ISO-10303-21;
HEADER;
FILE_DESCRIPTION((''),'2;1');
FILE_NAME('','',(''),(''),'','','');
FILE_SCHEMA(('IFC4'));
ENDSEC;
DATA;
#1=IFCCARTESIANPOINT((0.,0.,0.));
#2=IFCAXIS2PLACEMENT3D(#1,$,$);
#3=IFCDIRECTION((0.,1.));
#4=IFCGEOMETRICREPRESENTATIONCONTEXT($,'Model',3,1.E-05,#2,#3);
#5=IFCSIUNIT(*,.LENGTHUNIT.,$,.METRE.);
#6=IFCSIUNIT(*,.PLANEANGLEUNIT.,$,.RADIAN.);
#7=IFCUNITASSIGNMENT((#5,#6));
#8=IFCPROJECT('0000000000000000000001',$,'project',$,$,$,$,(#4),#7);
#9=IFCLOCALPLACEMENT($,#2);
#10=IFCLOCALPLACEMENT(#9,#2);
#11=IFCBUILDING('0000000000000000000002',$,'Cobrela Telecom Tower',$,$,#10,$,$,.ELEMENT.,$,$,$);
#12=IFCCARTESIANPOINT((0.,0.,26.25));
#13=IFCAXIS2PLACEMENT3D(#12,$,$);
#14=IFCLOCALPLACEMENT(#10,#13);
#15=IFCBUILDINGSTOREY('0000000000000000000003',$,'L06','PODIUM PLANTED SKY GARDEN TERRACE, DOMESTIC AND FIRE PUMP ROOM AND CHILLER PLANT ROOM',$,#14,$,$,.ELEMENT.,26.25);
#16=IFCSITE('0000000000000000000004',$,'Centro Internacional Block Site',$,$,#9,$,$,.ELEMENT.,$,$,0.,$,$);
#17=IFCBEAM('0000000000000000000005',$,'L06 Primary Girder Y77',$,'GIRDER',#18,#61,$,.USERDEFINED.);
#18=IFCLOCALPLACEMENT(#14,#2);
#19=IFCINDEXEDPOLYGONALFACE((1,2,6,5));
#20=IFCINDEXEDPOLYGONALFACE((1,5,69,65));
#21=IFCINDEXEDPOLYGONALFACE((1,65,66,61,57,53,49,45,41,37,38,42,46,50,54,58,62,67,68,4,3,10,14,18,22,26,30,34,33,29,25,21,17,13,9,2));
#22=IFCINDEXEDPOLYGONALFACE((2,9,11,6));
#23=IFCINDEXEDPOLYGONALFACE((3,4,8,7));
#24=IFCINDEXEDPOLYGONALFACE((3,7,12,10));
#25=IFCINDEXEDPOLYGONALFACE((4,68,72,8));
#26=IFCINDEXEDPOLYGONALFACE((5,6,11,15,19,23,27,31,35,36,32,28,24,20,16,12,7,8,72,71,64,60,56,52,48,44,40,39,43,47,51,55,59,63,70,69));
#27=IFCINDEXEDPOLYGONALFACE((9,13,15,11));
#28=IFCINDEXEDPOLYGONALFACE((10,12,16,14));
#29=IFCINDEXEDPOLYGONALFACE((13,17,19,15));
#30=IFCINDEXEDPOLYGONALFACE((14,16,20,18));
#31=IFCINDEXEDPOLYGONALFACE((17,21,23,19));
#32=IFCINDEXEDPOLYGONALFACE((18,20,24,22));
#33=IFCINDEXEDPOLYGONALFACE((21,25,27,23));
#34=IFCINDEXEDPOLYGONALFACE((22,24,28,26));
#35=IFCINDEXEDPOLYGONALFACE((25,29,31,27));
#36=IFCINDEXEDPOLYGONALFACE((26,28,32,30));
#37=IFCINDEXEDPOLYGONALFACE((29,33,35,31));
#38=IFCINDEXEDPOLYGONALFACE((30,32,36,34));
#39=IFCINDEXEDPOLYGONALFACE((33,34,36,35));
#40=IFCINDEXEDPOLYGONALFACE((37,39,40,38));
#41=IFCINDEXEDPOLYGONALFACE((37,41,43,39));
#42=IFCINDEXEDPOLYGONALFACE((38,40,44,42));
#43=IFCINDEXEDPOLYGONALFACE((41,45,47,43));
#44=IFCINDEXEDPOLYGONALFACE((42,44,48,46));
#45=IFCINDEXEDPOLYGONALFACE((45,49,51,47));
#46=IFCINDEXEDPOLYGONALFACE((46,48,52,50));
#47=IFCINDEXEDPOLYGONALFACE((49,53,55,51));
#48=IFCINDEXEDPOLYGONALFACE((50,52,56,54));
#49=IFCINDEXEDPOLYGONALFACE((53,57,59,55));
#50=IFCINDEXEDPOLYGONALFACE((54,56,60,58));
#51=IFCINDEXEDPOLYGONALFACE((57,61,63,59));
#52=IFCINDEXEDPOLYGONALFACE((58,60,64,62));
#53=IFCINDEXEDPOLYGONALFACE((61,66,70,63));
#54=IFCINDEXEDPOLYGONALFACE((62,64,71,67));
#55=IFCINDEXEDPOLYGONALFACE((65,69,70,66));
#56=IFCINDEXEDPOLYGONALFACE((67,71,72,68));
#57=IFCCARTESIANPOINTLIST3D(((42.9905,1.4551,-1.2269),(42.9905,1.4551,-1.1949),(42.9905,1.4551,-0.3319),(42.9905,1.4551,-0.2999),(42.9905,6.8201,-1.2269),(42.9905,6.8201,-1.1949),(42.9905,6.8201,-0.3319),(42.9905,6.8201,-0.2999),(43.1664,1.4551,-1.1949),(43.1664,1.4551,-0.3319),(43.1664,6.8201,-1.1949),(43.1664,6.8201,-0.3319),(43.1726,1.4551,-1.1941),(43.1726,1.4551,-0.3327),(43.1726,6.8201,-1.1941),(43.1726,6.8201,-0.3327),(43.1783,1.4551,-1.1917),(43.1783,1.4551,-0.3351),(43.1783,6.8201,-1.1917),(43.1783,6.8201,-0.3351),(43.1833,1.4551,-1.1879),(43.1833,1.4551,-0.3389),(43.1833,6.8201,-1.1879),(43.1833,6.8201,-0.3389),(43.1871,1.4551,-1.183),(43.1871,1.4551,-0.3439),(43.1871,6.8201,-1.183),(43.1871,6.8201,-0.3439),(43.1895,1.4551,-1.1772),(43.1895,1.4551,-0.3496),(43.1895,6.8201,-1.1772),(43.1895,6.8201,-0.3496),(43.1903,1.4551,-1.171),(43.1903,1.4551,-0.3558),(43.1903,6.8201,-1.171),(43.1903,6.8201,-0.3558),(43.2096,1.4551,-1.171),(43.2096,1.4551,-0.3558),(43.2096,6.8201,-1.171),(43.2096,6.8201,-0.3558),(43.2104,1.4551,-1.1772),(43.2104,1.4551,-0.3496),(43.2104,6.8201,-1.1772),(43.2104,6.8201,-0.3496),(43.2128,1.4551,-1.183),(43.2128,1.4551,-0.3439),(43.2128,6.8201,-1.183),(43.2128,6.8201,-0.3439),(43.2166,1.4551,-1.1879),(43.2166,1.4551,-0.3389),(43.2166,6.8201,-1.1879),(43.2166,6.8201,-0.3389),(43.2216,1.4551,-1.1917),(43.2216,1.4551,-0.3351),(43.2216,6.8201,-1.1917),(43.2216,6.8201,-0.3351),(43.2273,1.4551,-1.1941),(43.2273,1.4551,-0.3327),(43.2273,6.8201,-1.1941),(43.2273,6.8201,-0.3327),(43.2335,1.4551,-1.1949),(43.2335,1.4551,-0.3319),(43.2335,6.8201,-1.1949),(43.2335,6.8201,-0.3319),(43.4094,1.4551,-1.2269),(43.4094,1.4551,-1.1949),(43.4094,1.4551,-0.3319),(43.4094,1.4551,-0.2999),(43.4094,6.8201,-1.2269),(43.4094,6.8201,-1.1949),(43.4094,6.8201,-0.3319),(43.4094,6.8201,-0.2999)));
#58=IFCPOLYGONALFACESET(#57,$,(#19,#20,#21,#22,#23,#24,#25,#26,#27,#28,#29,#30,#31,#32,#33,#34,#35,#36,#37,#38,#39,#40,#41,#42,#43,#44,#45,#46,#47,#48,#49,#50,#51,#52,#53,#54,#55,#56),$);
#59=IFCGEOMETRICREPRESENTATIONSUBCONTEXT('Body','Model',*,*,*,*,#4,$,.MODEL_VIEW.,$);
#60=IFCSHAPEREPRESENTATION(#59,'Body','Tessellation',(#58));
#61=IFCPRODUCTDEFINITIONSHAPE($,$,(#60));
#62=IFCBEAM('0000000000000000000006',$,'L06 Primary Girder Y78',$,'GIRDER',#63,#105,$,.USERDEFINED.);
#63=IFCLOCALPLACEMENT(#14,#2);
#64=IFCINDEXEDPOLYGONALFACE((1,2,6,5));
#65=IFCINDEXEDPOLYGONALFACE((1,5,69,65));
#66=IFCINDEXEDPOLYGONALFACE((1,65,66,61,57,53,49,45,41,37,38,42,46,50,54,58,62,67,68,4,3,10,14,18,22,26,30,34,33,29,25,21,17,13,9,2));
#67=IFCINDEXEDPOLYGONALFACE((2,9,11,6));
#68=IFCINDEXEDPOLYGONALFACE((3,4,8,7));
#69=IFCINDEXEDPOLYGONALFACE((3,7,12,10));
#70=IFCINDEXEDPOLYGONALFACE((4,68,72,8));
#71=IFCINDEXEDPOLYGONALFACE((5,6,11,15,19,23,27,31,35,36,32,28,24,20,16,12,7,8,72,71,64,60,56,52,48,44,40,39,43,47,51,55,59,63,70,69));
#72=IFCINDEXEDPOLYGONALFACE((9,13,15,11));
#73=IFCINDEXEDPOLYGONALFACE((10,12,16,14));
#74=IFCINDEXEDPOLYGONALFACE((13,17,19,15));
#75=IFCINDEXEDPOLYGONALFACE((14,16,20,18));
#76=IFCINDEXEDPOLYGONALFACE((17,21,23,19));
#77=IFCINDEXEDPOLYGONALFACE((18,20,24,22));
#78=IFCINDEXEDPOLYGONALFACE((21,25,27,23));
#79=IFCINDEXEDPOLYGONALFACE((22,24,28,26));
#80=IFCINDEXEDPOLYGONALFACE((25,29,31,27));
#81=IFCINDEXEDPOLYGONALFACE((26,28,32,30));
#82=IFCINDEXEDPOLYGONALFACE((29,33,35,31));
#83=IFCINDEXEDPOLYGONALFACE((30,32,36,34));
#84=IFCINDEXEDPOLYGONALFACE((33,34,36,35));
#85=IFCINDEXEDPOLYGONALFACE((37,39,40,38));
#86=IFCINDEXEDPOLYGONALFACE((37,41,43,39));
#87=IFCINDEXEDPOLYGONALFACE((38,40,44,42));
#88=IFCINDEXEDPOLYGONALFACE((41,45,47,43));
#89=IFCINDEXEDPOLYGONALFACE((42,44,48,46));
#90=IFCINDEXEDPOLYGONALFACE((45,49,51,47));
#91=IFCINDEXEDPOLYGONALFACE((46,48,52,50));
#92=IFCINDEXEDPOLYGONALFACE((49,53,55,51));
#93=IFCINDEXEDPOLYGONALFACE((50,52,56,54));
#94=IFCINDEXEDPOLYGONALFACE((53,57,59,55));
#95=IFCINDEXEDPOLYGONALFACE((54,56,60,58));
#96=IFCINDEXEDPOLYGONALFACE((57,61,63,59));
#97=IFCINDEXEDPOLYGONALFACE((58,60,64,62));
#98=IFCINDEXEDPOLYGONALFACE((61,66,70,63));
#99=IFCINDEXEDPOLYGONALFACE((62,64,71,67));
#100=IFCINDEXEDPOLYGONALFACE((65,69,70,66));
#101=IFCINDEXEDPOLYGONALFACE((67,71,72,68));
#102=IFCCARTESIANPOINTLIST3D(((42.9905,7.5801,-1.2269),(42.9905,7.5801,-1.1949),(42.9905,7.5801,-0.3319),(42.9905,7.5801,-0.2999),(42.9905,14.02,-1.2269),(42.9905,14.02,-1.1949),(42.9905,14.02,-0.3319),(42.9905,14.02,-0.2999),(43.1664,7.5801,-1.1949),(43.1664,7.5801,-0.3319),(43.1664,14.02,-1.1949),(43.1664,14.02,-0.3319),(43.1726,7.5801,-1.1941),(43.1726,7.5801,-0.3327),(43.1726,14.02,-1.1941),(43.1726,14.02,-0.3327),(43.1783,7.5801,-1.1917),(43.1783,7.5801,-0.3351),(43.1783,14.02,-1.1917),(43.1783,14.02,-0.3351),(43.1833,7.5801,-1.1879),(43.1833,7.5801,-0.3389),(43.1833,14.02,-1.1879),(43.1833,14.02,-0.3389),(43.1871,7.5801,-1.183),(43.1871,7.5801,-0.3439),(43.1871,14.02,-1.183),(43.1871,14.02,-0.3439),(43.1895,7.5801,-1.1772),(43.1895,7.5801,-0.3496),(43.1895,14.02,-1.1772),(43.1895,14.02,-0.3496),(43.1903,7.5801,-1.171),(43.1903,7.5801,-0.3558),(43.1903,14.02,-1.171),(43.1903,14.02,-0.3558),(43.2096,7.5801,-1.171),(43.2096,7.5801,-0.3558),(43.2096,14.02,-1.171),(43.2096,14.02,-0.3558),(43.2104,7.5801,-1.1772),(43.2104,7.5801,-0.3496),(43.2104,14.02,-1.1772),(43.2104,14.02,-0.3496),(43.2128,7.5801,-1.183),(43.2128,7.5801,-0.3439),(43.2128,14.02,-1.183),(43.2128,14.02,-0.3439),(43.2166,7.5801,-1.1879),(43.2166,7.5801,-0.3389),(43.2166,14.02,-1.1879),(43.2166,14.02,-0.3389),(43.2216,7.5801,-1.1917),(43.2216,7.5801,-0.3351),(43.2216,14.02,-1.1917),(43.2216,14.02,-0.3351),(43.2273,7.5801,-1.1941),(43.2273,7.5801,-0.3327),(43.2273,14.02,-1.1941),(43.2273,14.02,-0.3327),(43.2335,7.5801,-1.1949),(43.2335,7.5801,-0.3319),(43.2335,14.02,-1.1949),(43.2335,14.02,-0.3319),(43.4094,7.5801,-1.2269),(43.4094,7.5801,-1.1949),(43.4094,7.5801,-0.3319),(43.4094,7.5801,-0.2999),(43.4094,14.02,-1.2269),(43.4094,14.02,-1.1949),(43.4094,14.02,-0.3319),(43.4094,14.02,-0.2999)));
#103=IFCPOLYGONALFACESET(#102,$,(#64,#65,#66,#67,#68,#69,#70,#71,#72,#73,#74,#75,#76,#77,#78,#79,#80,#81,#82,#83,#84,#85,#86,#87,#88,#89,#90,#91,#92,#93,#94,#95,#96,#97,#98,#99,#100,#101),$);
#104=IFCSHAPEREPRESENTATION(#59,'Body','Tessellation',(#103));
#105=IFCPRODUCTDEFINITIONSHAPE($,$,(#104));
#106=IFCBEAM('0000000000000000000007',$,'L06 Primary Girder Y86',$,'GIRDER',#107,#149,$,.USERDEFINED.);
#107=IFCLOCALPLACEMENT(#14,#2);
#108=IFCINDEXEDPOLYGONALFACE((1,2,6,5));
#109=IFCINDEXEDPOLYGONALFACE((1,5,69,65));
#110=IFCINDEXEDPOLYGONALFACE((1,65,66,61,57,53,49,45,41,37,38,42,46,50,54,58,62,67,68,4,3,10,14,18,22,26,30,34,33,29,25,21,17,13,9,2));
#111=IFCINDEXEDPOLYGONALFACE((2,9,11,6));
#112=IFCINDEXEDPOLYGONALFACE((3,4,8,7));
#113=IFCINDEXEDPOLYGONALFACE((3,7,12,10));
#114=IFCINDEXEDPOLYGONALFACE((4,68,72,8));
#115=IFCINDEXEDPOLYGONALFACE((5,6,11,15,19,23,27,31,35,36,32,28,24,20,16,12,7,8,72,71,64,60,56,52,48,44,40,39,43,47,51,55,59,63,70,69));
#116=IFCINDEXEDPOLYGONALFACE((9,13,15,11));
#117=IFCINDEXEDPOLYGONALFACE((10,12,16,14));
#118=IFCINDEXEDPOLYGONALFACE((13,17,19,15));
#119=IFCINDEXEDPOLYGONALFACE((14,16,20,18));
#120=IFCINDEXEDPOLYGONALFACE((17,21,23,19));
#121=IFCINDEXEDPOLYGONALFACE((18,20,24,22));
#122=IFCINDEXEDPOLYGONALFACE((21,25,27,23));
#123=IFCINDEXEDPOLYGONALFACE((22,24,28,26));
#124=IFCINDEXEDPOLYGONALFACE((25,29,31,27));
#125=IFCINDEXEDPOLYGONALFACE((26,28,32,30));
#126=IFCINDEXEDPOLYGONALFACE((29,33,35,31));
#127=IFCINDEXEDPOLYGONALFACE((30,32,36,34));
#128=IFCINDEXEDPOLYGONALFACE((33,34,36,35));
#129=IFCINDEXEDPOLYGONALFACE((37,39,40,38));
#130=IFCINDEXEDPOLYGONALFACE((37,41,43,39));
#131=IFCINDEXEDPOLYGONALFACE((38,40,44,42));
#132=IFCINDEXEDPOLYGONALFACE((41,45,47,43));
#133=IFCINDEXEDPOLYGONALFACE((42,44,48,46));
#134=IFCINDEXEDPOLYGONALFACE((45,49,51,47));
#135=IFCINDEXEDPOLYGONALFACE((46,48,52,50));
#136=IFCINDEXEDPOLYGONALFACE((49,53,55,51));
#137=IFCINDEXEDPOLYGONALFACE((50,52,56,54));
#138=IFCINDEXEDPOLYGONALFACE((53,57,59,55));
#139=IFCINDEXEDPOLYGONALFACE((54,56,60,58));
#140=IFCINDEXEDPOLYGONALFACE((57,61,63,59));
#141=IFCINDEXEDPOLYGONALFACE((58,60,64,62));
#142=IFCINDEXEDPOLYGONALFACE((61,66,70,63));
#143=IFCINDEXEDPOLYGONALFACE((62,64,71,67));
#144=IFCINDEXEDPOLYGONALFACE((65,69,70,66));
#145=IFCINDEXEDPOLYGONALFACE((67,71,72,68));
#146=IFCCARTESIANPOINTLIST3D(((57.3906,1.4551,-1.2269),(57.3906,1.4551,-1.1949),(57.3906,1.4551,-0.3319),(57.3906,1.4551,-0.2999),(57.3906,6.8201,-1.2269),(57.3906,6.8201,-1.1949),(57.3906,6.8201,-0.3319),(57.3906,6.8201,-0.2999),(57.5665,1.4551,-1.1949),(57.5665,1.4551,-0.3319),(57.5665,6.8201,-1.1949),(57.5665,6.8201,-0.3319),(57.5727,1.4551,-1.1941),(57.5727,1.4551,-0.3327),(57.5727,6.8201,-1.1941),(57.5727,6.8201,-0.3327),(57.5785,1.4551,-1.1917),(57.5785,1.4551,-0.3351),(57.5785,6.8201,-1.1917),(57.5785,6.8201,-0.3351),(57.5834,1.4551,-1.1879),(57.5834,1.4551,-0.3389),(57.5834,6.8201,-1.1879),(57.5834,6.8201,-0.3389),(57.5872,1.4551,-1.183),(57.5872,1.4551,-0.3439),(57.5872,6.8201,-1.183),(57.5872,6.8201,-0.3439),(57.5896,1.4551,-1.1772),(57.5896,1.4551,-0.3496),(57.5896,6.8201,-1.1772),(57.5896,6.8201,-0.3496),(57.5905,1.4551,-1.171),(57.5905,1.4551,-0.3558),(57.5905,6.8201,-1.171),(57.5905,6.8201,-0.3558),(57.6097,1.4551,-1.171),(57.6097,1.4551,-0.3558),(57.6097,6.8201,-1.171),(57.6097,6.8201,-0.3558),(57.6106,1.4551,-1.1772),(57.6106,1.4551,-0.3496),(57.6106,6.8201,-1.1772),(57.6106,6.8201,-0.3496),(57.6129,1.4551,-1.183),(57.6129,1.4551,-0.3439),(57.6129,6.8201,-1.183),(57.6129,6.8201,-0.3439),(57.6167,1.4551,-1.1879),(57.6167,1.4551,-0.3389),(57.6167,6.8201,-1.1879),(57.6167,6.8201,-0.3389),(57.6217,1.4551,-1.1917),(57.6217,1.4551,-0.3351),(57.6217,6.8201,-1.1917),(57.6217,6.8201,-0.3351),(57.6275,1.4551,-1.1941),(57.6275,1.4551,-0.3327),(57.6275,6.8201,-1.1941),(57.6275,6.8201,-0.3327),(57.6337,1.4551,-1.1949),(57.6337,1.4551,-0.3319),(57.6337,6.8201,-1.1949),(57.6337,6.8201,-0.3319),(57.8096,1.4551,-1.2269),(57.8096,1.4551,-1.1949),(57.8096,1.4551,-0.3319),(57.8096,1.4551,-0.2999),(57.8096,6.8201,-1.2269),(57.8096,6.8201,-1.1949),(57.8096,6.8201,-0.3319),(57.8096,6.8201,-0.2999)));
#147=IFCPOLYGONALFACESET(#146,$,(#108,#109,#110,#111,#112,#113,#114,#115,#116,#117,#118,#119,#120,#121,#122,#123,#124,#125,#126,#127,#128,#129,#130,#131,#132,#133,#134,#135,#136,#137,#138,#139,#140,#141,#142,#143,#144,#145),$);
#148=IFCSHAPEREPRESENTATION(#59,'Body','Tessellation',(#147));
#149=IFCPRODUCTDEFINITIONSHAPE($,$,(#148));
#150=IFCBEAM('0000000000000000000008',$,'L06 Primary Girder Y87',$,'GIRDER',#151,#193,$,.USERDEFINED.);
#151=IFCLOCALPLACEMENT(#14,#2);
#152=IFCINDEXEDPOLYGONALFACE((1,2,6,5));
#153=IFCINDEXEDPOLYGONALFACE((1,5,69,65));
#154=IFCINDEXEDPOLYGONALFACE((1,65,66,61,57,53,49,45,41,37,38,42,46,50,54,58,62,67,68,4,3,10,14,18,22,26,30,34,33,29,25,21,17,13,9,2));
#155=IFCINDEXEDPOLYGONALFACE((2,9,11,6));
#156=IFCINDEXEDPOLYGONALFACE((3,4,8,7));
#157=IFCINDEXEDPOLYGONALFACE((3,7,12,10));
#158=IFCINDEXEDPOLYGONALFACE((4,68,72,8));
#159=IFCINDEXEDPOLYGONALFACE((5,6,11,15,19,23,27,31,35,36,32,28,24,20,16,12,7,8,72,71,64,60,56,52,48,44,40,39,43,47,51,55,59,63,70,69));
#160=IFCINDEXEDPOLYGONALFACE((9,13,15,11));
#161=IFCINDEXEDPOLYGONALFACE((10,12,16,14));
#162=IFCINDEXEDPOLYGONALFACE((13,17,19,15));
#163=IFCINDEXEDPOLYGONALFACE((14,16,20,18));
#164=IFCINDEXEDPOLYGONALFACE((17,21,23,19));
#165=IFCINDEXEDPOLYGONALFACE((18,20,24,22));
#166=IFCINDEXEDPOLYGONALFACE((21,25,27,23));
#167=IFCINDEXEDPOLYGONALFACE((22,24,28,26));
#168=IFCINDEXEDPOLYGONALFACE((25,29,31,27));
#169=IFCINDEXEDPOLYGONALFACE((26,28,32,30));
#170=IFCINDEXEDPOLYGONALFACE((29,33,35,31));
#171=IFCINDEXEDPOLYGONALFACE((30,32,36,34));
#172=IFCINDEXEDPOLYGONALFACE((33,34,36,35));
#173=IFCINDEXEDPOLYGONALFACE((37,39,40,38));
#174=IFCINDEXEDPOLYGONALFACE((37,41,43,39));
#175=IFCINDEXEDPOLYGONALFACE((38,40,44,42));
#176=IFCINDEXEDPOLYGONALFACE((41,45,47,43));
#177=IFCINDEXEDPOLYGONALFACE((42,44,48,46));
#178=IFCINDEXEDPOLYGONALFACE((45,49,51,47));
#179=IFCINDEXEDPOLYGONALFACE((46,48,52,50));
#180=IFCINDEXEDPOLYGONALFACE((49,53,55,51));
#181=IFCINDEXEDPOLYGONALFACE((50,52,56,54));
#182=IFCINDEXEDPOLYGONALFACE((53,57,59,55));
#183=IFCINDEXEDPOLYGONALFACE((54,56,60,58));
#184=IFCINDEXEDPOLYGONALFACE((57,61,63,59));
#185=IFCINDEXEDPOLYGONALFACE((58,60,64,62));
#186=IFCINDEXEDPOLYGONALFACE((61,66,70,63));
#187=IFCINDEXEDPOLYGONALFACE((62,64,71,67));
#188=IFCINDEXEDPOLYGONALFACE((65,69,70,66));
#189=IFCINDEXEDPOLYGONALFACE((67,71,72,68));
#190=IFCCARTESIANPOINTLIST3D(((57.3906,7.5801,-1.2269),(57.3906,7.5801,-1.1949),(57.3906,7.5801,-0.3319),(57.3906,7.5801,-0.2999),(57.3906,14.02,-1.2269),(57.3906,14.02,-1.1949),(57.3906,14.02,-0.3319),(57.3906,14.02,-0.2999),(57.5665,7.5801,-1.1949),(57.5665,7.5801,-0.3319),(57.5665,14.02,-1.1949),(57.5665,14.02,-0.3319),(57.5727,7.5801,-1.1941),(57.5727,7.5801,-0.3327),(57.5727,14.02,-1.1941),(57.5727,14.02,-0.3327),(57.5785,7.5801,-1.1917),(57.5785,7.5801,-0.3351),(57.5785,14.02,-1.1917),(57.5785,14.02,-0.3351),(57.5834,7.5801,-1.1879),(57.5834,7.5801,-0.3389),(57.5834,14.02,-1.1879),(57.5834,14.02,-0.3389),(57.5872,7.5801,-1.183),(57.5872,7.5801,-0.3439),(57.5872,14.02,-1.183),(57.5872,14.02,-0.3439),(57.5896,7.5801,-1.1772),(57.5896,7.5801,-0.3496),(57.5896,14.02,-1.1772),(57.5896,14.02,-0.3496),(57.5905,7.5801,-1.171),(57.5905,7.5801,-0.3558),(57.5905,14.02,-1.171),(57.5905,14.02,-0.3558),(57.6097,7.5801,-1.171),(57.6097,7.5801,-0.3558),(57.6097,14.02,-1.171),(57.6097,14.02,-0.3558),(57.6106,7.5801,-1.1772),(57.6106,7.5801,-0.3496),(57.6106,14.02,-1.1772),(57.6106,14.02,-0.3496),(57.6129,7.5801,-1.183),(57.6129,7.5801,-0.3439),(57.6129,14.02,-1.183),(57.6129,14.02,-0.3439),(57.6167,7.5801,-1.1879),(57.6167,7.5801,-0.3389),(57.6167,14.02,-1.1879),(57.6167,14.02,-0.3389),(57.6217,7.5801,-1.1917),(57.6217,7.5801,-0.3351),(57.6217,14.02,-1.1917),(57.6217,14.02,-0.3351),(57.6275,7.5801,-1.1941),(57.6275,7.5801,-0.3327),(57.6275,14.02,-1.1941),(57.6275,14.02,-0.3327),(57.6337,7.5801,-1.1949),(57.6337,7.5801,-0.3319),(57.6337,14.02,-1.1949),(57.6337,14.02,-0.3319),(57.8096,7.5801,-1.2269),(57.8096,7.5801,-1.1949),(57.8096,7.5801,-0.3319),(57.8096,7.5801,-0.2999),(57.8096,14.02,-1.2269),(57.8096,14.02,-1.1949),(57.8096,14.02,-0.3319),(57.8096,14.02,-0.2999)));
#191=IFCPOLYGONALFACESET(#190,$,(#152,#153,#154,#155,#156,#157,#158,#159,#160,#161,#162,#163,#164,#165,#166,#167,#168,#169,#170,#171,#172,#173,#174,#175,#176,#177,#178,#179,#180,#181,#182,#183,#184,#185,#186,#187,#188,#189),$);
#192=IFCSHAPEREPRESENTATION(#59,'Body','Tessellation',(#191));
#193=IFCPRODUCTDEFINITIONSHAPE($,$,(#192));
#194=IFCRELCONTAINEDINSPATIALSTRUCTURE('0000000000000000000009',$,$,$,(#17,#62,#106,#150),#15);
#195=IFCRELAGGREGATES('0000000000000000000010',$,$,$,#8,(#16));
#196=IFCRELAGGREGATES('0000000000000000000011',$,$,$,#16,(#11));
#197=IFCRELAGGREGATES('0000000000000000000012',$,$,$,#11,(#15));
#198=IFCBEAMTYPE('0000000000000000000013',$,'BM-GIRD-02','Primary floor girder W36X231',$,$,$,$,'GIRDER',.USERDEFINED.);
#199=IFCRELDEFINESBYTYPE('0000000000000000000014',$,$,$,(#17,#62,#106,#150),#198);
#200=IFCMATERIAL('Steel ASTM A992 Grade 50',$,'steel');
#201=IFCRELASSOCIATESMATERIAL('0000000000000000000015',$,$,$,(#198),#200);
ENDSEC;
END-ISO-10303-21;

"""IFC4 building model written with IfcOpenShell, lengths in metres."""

from ifc_helpers import new_model, si_unit, direction, frame, origin, origin_2d, place, context, subcontext, project, spatial, i_section, extrude, material, material_profile, profile_set, type_object, element, save


model = new_model("IFC4")

# Units and contexts
model_context = context("Model", 3, precision=1e-05, world=origin(), true_north=direction((0.0, 1.0)))
body_context = subcontext(model_context, "Body", "Model", "MODEL_VIEW")
ifc_project = project(units=[si_unit("LENGTHUNIT", "METRE"), si_unit("PLANEANGLEUNIT", "RADIAN")], contexts=[model_context])

# Site, building, storey
site_placement = place(None, origin())
site = spatial("IfcSite", under=ifc_project, at=site_placement, Name="Centro Internacional Block Site", CompositionType="ELEMENT", RefElevation=0.0)
building_placement = place(site_placement, origin())
building = spatial("IfcBuilding", under=site, at=building_placement, Name="Cobrela Telecom Tower", CompositionType="ELEMENT")
storey_placement = place(building_placement, frame((0.0, 0.0, 26.25)))
storey = spatial("IfcBuildingStorey", under=building, at=storey_placement, Name="L06", Description="PODIUM PLANTED SKY GARDEN TERRACE, DOMESTIC AND FIRE PUMP ROOM AND CHILLER PLANT ROOM", CompositionType="ELEMENT", Elevation=26.25)

# Beams
ifc_material_1 = material(Name="Steel ASTM A992 Grade 50", Category="steel")
ifc_material_profile_1 = material_profile(ifc_material_1, i_section(OverallWidth=0.4189, OverallDepth=0.927, WebThickness=0.0193, FlangeThickness=0.032, FilletRadius=0.0239, at=origin_2d()), Name="W36X231")
ifc_profile_set_1 = profile_set([ifc_material_profile_1], Name="Steel ASTM A992 Grade 50")
beam_type_1 = type_object("IfcBeamType", Name="BM-GIRD-02", Description="Primary floor girder W36X231", ElementType="GIRDER", PredefinedType="USERDEFINED", material=ifc_profile_set_1)
beam_1_placement = place(storey_placement, frame((43.2, 1.4551, -0.7634), z_axis=(0.0, 1.0, 0.0), x_axis=(-1.0, 0.0, 0.0)))
element("IfcBeam", 1, at=beam_1_placement, inside=storey, type_object=beam_type_1, Name="L06 Primary Girder Y77", ObjectType="GIRDER", PredefinedType="USERDEFINED", context=body_context, shape_type="SweptSolid", body=[
    extrude(i_section(OverallWidth=0.4189, OverallDepth=0.927, WebThickness=0.0193, FlangeThickness=0.032, FilletRadius=0.0239, at=origin_2d()), origin(), (0.0, 0.0, 1.0), 5.365),
])
beam_2_placement = place(storey_placement, frame((43.2, 7.5801, -0.7634), z_axis=(0.0, 1.0, 0.0), x_axis=(-1.0, 0.0, 0.0)))
element("IfcBeam", 2, at=beam_2_placement, inside=storey, type_object=beam_type_1, Name="L06 Primary Girder Y78", ObjectType="GIRDER", PredefinedType="USERDEFINED", context=body_context, shape_type="SweptSolid", body=[
    extrude(i_section(OverallWidth=0.4189, OverallDepth=0.927, WebThickness=0.0193, FlangeThickness=0.032, FilletRadius=0.0239, at=origin_2d()), origin(), (0.0, 0.0, 1.0), 6.4399),
])
beam_3_placement = place(storey_placement, frame((57.6001, 1.4551, -0.7634), z_axis=(0.0, 1.0, 0.0), x_axis=(-1.0, 0.0, 0.0)))
element("IfcBeam", 3, at=beam_3_placement, inside=storey, type_object=beam_type_1, Name="L06 Primary Girder Y86", ObjectType="GIRDER", PredefinedType="USERDEFINED", context=body_context, shape_type="SweptSolid", body=[
    extrude(i_section(OverallWidth=0.4189, OverallDepth=0.927, WebThickness=0.0193, FlangeThickness=0.032, FilletRadius=0.0239, at=origin_2d()), origin(), (0.0, 0.0, 1.0), 5.365),
])
beam_4_placement = place(storey_placement, frame((57.6001, 7.5801, -0.7634), z_axis=(0.0, 1.0, 0.0), x_axis=(-1.0, 0.0, 0.0)))
element("IfcBeam", 4, at=beam_4_placement, inside=storey, type_object=beam_type_1, Name="L06 Primary Girder Y87", ObjectType="GIRDER", PredefinedType="USERDEFINED", context=body_context, shape_type="SweptSolid", body=[
    extrude(i_section(OverallWidth=0.4189, OverallDepth=0.927, WebThickness=0.0193, FlangeThickness=0.032, FilletRadius=0.0239, at=origin_2d()), origin(), (0.0, 0.0, 1.0), 6.4399),
])

save(model, "model.ifc")
